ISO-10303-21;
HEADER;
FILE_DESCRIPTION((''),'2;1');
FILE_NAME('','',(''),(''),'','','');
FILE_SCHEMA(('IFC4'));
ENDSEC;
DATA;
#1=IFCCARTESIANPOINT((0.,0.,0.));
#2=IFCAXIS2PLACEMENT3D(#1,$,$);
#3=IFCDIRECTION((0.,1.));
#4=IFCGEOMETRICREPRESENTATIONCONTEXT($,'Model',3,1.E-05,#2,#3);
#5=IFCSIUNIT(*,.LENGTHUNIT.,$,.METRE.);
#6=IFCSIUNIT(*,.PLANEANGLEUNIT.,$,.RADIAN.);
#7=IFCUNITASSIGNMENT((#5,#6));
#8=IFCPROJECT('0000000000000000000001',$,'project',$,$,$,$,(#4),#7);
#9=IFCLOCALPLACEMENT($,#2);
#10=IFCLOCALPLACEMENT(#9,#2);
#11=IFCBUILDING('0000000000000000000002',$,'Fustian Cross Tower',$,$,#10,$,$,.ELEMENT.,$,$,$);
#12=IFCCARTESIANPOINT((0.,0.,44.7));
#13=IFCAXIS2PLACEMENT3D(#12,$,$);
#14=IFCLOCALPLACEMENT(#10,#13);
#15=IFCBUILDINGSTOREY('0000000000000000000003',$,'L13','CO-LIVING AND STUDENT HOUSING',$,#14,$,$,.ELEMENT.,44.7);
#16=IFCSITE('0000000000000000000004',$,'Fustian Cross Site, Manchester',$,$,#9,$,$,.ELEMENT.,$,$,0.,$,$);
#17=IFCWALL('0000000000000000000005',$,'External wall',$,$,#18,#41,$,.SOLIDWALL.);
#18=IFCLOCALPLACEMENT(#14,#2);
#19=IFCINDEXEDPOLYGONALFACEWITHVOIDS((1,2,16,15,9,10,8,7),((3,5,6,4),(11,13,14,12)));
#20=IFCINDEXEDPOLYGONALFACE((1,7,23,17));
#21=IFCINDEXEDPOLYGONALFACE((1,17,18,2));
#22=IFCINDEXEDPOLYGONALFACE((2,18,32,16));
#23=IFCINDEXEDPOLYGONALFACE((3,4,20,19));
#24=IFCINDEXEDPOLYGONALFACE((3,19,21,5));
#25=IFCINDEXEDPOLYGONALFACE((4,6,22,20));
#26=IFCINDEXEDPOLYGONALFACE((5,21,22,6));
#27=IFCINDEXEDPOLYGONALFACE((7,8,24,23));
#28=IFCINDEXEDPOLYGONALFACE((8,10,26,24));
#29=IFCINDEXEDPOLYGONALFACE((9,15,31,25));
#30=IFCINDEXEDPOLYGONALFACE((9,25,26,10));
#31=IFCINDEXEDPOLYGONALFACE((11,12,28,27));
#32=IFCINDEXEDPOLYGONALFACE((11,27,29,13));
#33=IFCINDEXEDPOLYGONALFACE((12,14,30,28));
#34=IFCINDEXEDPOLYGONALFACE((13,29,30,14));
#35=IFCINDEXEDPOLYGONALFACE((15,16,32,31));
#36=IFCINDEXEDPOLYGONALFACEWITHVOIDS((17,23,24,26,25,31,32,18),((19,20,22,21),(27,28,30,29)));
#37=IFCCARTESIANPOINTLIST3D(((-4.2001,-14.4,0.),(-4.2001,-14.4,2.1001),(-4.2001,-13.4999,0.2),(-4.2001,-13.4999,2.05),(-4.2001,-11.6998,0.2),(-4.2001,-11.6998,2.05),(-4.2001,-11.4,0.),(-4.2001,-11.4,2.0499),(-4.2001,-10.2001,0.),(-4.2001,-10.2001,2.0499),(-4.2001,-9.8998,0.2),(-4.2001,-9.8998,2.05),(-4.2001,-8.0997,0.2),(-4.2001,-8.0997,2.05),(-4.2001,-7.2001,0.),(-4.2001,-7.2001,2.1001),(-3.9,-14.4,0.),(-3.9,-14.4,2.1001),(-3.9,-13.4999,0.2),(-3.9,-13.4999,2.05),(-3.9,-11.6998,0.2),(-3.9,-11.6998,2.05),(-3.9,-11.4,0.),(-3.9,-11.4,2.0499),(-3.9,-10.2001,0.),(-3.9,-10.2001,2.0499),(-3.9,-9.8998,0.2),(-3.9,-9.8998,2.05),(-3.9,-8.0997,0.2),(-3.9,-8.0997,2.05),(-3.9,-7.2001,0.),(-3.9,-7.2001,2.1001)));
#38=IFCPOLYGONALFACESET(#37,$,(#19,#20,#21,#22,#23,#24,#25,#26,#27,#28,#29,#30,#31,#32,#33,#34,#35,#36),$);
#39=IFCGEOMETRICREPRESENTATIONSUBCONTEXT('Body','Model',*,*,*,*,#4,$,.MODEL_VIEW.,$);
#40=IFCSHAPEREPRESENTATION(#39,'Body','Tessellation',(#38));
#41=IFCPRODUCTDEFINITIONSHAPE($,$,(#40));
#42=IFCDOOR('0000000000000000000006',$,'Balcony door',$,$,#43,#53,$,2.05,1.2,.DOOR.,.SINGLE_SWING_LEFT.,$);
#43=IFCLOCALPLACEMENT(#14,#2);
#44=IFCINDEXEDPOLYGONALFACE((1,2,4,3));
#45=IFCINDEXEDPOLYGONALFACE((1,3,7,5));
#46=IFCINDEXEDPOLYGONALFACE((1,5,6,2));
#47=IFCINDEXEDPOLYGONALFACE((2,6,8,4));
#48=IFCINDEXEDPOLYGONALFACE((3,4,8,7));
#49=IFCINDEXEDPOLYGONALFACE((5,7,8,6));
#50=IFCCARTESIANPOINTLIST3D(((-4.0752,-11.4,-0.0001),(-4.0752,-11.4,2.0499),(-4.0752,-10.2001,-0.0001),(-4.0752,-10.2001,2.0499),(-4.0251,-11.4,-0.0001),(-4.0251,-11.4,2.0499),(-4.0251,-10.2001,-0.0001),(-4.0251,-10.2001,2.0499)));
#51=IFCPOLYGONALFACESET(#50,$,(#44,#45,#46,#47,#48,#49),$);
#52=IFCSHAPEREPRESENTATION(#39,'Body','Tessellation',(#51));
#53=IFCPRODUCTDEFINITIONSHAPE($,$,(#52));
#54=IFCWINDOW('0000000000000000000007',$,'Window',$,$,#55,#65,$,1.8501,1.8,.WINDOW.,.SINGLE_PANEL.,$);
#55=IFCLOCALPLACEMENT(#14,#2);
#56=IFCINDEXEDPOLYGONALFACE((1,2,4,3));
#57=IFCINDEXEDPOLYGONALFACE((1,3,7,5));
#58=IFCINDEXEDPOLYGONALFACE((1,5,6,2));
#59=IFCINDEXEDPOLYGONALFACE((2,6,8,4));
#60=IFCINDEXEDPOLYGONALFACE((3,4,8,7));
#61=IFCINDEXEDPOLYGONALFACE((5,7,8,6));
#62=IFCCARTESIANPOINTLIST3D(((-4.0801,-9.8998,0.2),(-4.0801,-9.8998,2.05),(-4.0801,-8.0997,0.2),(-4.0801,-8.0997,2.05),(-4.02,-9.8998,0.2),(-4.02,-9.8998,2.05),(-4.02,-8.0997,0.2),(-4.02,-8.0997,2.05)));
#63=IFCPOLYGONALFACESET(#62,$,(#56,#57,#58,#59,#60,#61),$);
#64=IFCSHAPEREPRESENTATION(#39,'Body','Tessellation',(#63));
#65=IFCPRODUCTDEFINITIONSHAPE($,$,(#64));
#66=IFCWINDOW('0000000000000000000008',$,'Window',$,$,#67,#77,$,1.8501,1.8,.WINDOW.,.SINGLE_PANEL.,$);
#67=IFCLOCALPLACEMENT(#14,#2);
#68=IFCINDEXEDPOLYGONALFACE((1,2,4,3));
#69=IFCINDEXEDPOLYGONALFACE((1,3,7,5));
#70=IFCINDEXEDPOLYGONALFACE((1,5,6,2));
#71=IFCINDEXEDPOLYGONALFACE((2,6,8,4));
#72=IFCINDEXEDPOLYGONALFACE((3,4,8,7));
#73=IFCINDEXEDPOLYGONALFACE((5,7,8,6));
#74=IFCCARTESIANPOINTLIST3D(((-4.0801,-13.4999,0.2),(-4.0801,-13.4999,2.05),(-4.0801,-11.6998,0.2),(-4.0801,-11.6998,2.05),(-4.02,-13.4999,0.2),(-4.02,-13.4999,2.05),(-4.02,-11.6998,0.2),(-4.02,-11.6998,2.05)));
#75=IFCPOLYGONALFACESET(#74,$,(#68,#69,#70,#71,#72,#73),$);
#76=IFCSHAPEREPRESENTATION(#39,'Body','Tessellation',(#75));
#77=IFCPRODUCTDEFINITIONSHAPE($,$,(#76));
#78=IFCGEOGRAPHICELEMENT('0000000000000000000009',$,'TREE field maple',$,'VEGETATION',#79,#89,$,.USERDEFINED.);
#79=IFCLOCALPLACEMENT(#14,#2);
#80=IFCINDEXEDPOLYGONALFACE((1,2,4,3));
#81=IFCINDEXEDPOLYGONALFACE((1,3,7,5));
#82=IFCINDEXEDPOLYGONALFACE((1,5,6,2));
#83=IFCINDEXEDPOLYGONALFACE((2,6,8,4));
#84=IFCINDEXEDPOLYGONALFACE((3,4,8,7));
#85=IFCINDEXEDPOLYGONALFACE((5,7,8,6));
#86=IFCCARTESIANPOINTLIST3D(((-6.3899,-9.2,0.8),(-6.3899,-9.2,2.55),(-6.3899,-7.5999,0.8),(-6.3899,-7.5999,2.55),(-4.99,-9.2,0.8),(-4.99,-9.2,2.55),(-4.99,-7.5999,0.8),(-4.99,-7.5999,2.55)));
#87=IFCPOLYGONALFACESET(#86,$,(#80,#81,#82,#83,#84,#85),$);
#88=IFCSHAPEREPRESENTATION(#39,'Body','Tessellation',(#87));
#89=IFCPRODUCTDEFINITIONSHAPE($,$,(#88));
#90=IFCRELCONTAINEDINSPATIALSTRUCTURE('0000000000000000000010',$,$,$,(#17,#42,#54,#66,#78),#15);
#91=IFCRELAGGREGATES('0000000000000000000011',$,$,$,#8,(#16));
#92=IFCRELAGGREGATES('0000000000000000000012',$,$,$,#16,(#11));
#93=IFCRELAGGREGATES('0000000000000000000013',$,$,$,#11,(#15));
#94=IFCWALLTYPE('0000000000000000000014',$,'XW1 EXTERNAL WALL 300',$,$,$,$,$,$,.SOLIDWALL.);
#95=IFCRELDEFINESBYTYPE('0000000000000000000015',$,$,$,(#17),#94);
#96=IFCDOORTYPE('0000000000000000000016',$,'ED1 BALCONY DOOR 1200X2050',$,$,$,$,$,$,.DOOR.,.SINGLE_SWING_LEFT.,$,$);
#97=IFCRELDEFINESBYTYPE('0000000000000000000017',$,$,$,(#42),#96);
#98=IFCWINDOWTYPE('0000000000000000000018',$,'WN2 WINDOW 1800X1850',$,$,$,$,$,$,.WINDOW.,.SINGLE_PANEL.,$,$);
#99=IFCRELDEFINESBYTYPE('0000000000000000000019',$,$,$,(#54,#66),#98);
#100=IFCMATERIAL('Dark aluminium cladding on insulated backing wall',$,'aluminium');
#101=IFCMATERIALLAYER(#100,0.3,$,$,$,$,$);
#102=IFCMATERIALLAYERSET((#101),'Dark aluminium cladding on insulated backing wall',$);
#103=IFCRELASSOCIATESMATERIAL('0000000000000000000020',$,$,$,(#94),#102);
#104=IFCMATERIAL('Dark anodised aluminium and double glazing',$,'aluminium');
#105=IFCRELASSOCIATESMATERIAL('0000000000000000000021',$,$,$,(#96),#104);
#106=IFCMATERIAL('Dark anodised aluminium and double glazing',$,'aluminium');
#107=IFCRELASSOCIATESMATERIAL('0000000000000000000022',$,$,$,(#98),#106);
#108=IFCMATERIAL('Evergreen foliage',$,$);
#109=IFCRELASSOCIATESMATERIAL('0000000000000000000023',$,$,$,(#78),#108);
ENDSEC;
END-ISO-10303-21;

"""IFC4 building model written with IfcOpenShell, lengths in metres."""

from ifc_helpers import new_model, si_unit, direction, frame, frame_2d, origin, origin_2d, place, context, subcontext, project, spatial, rectangle, extrude, material, layer, layer_set, type_object, element, fill, save


model = new_model("IFC4")

# Units and contexts
model_context = context("Model", 3, precision=1e-05, world=origin(), true_north=direction((0.0, 1.0)))
body_context = subcontext(model_context, "Body", "Model", "MODEL_VIEW")
ifc_project = project(units=[si_unit("LENGTHUNIT", "METRE"), si_unit("PLANEANGLEUNIT", "RADIAN")], contexts=[model_context])

# Site, building, storey
site_placement = place(None, origin())
site = spatial("IfcSite", under=ifc_project, at=site_placement, Name="Fustian Cross Site, Manchester", CompositionType="ELEMENT", RefElevation=0.0)
building_placement = place(site_placement, origin())
building = spatial("IfcBuilding", under=site, at=building_placement, Name="Fustian Cross Tower", CompositionType="ELEMENT")
storey_placement = place(building_placement, frame((0.0, 0.0, 44.7)))
storey = spatial("IfcBuildingStorey", under=building, at=storey_placement, Name="L13", Description="CO-LIVING AND STUDENT HOUSING", CompositionType="ELEMENT", Elevation=44.7)

# Shared definitions
ifc_material_1 = material(Name="Dark aluminium cladding on insulated backing wall", Category="aluminium")
ifc_layer_1 = layer(ifc_material_1, 0.3)
ifc_layer_set_1 = layer_set([ifc_layer_1], Name="Dark aluminium cladding on insulated backing wall")
wall_type_1 = type_object("IfcWallType", Name="XW1 EXTERNAL WALL 300", PredefinedType="SOLIDWALL", material=ifc_layer_set_1)

# Wall, openings, door, windows
wall_1_placement = place(storey_placement, frame((-4.05, -7.2, 0.0), z_axis=(0.0, 0.0, 1.0), x_axis=(0.0, -1.0, 0.0)))
wall_1 = element("IfcWall", 1, at=wall_1_placement, inside=storey, type_object=wall_type_1, Name="External wall", PredefinedType="SOLIDWALL", context=body_context, shape_type="SweptSolid", body=[
    extrude(rectangle(XDim=7.2, YDim=0.3, at=frame_2d((3.6001, 0.0))), origin(), (0.0, 0.0, 1.0), 2.1001),
])
opening_1_placement = place(wall_1_placement, frame((3.0, 0.0, 0.0)))
opening_1 = element("IfcOpeningElement", 2, at=opening_1_placement, cuts=wall_1, PredefinedType="OPENING", context=body_context, shape_type="SweptSolid", body=[
    extrude(rectangle(XDim=1.2, YDim=2.05, at=frame_2d((0.6001, 1.0249))), frame((0.0, 0.1599, 0.0), z_axis=(0.0, -1.0, 0.0), x_axis=(1.0, 0.0, 0.0)), (0.0, 0.0, 1.0), 0.3201),
])
opening_2_placement = place(wall_1_placement, frame((0.8999, 0.0, 0.2)))
opening_2 = element("IfcOpeningElement", 3, at=opening_2_placement, cuts=wall_1, PredefinedType="OPENING", context=body_context, shape_type="SweptSolid", body=[
    extrude(rectangle(XDim=1.8, YDim=1.8501, at=frame_2d((0.8999, 0.925))), frame((0.0, 0.1599, 0.0), z_axis=(0.0, -1.0, 0.0), x_axis=(1.0, 0.0, 0.0)), (0.0, 0.0, 1.0), 0.3201),
])
opening_3_placement = place(wall_1_placement, frame((4.5, 0.0, 0.2)))
opening_3 = element("IfcOpeningElement", 4, at=opening_3_placement, cuts=wall_1, PredefinedType="OPENING", context=body_context, shape_type="SweptSolid", body=[
    extrude(rectangle(XDim=1.8, YDim=1.8501, at=frame_2d((0.8999, 0.925))), frame((0.0, 0.1599, 0.0), z_axis=(0.0, -1.0, 0.0), x_axis=(1.0, 0.0, 0.0)), (0.0, 0.0, 1.0), 0.3201),
])
ifc_material_2 = material(Name="Dark anodised aluminium and double glazing", Category="aluminium")
door_type_1 = type_object("IfcDoorType", Name="ED1 BALCONY DOOR 1200X2050", OperationType="SINGLE_SWING_LEFT", PredefinedType="DOOR", material=ifc_material_2)
door_1_placement = place(opening_1_placement, origin())
door_1 = element("IfcDoor", 5, at=door_1_placement, inside=storey, type_object=door_type_1, Name="Balcony door", OperationType="SINGLE_SWING_LEFT", OverallHeight=2.05, OverallWidth=1.2, PredefinedType="DOOR", context=body_context, shape_type="SweptSolid", body=[
    extrude(rectangle(XDim=1.2, YDim=2.05, at=frame_2d((0.6001, 1.0249))), frame((0.0, 0.0249, 0.0), z_axis=(0.0, -1.0, 0.0), x_axis=(1.0, 0.0, 0.0)), (0.0, 0.0, 1.0), 0.05),
])
fill(opening_1, door_1)
ifc_material_3 = material(Name="Dark anodised aluminium and double glazing", Category="aluminium")
window_type = type_object("IfcWindowType", Name="WN2 WINDOW 1800X1850", PartitioningType="SINGLE_PANEL", PredefinedType="WINDOW", material=ifc_material_3)
window_1_placement = place(opening_2_placement, origin())
window_1 = element("IfcWindow", 6, at=window_1_placement, inside=storey, type_object=window_type, Name="Window", OverallHeight=1.8501, OverallWidth=1.8, PartitioningType="SINGLE_PANEL", PredefinedType="WINDOW", context=body_context, shape_type="SweptSolid", body=[
    extrude(rectangle(XDim=1.8, YDim=1.8501, at=frame_2d((0.8999, 0.925))), frame((0.0, 0.03, 0.0), z_axis=(0.0, -1.0, 0.0), x_axis=(1.0, 0.0, 0.0)), (0.0, 0.0, 1.0), 0.0601),
])
fill(opening_2, window_1)
window_2_placement = place(opening_3_placement, origin())
window_2 = element("IfcWindow", 7, at=window_2_placement, inside=storey, type_object=window_type, Name="Window", OverallHeight=1.8501, OverallWidth=1.8, PartitioningType="SINGLE_PANEL", PredefinedType="WINDOW", context=body_context, shape_type="SweptSolid", body=[
    extrude(rectangle(XDim=1.8, YDim=1.8501, at=frame_2d((0.8999, 0.925))), frame((0.0, 0.03, 0.0), z_axis=(0.0, -1.0, 0.0), x_axis=(1.0, 0.0, 0.0)), (0.0, 0.0, 1.0), 0.0601),
])
fill(opening_3, window_2)

# Geographic element
ifc_material_4 = material(Name="Evergreen foliage")
geographic_element_placement = place(storey_placement, frame((-5.6899, -8.3999, 0.8), z_axis=(0.0, 0.0, 1.0), x_axis=(1.0, 0.0, 0.0)))
element("IfcGeographicElement", 8, at=geographic_element_placement, inside=storey, material=ifc_material_4, Name="TREE field maple", ObjectType="VEGETATION", PredefinedType="USERDEFINED", context=body_context, shape_type="SweptSolid", body=[
    extrude(rectangle(XDim=1.3999, YDim=1.6001, at=origin_2d()), origin(), (0.0, 0.0, 1.0), 1.75),
])

save(model, "model.ifc")
